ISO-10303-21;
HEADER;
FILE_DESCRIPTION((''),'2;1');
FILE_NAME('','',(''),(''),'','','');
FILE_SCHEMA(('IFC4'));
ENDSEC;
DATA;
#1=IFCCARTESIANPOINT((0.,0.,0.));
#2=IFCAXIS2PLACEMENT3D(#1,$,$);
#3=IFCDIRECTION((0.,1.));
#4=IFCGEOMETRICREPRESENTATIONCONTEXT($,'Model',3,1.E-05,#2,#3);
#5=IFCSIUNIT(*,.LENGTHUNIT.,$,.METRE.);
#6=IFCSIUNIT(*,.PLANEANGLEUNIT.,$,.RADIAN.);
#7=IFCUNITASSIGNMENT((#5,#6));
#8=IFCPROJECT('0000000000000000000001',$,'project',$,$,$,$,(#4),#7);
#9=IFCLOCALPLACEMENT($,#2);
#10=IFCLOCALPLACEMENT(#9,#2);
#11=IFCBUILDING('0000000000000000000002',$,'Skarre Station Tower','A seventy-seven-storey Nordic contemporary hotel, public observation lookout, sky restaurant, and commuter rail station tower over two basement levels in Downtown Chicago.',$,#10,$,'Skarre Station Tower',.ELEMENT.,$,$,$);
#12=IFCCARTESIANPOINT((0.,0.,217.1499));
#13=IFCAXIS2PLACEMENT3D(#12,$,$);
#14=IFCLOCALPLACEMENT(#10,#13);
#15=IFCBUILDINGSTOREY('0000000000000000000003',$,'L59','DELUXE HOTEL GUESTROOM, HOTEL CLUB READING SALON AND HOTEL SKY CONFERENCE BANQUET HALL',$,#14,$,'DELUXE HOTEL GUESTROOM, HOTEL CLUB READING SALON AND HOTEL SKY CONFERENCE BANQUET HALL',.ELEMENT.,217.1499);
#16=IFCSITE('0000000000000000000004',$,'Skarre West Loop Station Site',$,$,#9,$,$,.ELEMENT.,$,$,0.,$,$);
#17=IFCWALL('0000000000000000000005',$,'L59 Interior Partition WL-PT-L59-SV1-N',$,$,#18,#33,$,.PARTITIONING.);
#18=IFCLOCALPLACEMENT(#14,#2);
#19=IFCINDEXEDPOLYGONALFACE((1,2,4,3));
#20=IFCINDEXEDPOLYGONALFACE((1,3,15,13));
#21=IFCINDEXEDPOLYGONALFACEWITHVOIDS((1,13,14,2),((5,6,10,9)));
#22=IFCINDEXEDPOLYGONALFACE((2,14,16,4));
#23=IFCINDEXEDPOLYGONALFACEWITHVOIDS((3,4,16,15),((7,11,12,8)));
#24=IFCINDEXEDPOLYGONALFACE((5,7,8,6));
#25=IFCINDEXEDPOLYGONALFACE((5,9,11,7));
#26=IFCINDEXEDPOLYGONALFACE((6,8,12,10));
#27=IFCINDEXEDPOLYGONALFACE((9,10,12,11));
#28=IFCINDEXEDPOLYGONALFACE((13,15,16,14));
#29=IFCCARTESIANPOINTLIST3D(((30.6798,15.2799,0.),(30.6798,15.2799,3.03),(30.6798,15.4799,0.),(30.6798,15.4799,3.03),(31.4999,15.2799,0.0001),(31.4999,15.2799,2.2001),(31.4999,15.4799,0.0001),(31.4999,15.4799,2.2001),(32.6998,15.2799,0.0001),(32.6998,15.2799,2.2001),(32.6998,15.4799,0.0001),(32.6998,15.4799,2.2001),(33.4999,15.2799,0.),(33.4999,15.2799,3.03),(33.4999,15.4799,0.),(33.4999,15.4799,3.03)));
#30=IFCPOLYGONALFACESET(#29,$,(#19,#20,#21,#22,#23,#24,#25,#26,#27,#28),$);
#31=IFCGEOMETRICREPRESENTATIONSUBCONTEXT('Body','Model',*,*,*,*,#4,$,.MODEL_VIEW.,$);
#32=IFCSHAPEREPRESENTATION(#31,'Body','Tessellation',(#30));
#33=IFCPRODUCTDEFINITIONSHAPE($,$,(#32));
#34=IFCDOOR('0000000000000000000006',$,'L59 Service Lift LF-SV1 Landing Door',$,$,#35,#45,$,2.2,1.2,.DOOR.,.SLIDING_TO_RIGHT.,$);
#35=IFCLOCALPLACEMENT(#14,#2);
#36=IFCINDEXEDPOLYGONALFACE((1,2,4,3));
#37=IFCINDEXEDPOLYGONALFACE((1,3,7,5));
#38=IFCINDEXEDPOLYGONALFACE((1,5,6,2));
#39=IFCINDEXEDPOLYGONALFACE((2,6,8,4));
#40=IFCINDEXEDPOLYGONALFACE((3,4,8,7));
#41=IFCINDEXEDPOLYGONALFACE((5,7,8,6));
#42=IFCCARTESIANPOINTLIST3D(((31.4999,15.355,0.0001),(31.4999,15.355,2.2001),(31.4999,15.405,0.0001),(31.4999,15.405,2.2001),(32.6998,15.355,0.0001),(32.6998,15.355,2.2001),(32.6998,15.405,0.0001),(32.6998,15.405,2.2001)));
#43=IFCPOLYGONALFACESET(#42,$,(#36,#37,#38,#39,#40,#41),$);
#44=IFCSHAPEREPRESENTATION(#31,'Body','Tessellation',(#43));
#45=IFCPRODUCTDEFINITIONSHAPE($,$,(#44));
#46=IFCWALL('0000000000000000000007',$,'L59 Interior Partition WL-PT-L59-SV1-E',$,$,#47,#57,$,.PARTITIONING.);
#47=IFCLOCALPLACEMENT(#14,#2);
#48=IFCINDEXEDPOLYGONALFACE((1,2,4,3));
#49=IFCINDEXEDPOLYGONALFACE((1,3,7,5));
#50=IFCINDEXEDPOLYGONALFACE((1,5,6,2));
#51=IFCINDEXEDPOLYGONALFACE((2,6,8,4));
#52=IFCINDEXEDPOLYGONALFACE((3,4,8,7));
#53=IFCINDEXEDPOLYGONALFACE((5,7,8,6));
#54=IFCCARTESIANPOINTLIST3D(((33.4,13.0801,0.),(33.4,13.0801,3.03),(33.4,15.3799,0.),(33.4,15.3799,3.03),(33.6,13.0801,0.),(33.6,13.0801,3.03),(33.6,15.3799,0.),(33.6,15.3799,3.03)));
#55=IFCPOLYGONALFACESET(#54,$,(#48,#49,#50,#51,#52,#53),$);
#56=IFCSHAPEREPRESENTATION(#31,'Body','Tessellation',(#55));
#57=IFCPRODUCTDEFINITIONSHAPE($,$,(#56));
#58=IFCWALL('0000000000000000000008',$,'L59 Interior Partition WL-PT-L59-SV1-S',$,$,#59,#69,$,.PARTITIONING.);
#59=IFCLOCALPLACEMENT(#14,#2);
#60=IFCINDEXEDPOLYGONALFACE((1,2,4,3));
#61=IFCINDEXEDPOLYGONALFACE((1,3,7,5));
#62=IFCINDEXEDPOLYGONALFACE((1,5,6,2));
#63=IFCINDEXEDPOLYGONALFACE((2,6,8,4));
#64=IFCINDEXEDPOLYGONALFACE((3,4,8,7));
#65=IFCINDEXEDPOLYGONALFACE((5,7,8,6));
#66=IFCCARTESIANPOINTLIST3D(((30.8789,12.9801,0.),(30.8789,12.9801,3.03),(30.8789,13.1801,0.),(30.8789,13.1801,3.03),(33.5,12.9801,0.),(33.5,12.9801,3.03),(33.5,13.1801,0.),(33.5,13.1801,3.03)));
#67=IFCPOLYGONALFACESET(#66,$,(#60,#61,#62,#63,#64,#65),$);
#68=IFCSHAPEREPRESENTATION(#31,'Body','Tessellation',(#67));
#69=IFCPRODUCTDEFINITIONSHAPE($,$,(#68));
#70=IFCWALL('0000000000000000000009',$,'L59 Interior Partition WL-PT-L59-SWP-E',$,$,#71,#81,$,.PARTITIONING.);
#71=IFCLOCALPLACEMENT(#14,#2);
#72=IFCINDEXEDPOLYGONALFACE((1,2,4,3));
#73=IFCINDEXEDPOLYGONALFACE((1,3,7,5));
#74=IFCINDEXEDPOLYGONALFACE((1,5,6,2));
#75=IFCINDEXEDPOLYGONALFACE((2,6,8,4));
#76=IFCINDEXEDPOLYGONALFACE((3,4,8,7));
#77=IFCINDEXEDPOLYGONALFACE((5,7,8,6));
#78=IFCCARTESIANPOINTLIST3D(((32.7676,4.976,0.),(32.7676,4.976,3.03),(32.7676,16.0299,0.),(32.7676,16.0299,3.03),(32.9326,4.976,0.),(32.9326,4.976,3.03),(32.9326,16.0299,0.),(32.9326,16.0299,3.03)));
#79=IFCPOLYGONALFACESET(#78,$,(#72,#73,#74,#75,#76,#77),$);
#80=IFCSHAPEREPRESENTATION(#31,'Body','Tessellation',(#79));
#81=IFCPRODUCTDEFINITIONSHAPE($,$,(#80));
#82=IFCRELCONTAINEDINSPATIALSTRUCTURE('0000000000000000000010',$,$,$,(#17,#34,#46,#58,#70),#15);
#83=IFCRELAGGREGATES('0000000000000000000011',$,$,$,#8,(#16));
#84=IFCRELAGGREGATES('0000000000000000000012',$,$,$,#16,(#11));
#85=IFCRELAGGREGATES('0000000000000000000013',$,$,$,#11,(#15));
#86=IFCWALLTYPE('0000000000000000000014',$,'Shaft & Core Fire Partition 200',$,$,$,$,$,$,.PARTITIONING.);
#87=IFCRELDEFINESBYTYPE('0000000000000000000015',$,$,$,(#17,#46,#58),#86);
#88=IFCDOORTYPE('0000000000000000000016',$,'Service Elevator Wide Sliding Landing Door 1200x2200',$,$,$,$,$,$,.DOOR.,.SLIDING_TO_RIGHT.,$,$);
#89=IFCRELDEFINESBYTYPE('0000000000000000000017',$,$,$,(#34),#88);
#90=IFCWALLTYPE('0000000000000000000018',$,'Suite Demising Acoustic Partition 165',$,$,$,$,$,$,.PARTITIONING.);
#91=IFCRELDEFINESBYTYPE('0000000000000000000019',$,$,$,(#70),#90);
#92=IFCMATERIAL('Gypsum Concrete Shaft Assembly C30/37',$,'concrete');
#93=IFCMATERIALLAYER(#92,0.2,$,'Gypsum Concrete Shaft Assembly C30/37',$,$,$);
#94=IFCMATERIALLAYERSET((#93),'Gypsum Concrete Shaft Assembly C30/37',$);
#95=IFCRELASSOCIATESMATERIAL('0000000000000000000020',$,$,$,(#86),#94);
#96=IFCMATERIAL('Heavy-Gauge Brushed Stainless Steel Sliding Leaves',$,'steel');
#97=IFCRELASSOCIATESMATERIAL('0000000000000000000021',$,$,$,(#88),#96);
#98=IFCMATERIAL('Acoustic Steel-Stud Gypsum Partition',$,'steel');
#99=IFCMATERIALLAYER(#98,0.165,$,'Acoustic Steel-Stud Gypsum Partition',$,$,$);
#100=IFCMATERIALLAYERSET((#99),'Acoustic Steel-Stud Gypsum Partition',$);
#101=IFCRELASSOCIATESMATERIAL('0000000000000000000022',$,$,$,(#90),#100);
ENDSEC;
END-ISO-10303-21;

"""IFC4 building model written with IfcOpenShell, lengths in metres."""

from ifc_helpers import new_model, si_unit, direction, frame, frame_2d, origin, place, context, subcontext, project, spatial, rectangle, extrude, material, layer, layer_set, type_object, element, fill, save


model = new_model("IFC4")

# Units and contexts
model_context = context("Model", 3, precision=1e-05, world=origin(), true_north=direction((0.0, 1.0)))
body_context = subcontext(model_context, "Body", "Model", "MODEL_VIEW")
ifc_project = project(units=[si_unit("LENGTHUNIT", "METRE"), si_unit("PLANEANGLEUNIT", "RADIAN")], contexts=[model_context])

# Site, building, storey
site_placement = place(None, origin())
site = spatial("IfcSite", under=ifc_project, at=site_placement, Name="Skarre West Loop Station Site", CompositionType="ELEMENT", RefElevation=0.0)
building_placement = place(site_placement, origin())
building = spatial("IfcBuilding", under=site, at=building_placement, Name="Skarre Station Tower", Description="A seventy-seven-storey Nordic contemporary hotel, public observation lookout, sky restaurant, and commuter rail station tower over two basement levels in Downtown Chicago.", LongName="Skarre Station Tower", CompositionType="ELEMENT")
storey_placement = place(building_placement, frame((0.0, 0.0, 217.1499)))
storey = spatial("IfcBuildingStorey", under=building, at=storey_placement, Name="L59", Description="DELUXE HOTEL GUESTROOM, HOTEL CLUB READING SALON AND HOTEL SKY CONFERENCE BANQUET HALL", LongName="DELUXE HOTEL GUESTROOM, HOTEL CLUB READING SALON AND HOTEL SKY CONFERENCE BANQUET HALL", CompositionType="ELEMENT", Elevation=217.1499)

# Shared definitions
ifc_material_1 = material(Name="Acoustic Steel-Stud Gypsum Partition", Category="steel")

# Wall, opening, door
ifc_material_2 = material(Name="Gypsum Concrete Shaft Assembly C30/37", Category="concrete")
ifc_layer_1 = layer(ifc_material_2, 0.2, Name="Gypsum Concrete Shaft Assembly C30/37")
ifc_layer_set_1 = layer_set([ifc_layer_1], Name="Gypsum Concrete Shaft Assembly C30/37")
wall_type_1 = type_object("IfcWallType", Name="Shaft & Core Fire Partition 200", PredefinedType="PARTITIONING", material=ifc_layer_set_1)
wall_1_placement = place(storey_placement, frame((33.5, 15.3799, 0.0), z_axis=(0.0, 0.0, 1.0), x_axis=(-1.0, 0.0, 0.0)))
wall_1 = element("IfcWall", 1, at=wall_1_placement, inside=storey, type_object=wall_type_1, Name="L59 Interior Partition WL-PT-L59-SV1-N", PredefinedType="PARTITIONING", context=body_context, shape_type="SweptSolid", body=[
    extrude(rectangle(XDim=2.8201, YDim=0.2, at=frame_2d((1.4102, 0.0))), origin(), (0.0, 0.0, 1.0), 3.03),
])
opening_1_placement = place(wall_1_placement, frame((0.8, 0.0, 0.0)))
opening_1 = element("IfcOpeningElement", 2, at=opening_1_placement, cuts=wall_1, PredefinedType="OPENING", context=body_context, shape_type="SweptSolid", body=[
    extrude(rectangle(XDim=1.2, YDim=2.2, at=frame_2d((0.6001, 1.1001))), frame((0.0, 0.1099, 0.0), z_axis=(0.0, -1.0, 0.0), x_axis=(1.0, 0.0, 0.0)), (0.0, 0.0, 1.0), 0.22),
])
ifc_material_3 = material(Name="Heavy-Gauge Brushed Stainless Steel Sliding Leaves", Category="steel")
door_type_1 = type_object("IfcDoorType", Name="Service Elevator Wide Sliding Landing Door 1200x2200", OperationType="SLIDING_TO_RIGHT", PredefinedType="DOOR", material=ifc_material_3)
door_1_placement = place(opening_1_placement, origin())
door_1 = element("IfcDoor", 3, at=door_1_placement, inside=storey, type_object=door_type_1, Name="L59 Service Lift LF-SV1 Landing Door", OperationType="SLIDING_TO_RIGHT", OverallHeight=2.2, OverallWidth=1.2, PredefinedType="DOOR", context=body_context, shape_type="SweptSolid", body=[
    extrude(rectangle(XDim=1.2, YDim=2.2, at=frame_2d((0.6001, 1.1001))), frame((0.0, 0.0249, 0.0), z_axis=(0.0, -1.0, 0.0), x_axis=(1.0, 0.0, 0.0)), (0.0, 0.0, 1.0), 0.05),
])
fill(opening_1, door_1)

# Walls
wall_2_placement = place(storey_placement, frame((33.5, 13.0801, 0.0), z_axis=(0.0, 0.0, 1.0), x_axis=(0.0, 1.0, 0.0)))
element("IfcWall", 4, at=wall_2_placement, inside=storey, type_object=wall_type_1, Name="L59 Interior Partition WL-PT-L59-SV1-E", PredefinedType="PARTITIONING", context=body_context, shape_type="SweptSolid", body=[
    extrude(rectangle(XDim=2.2998, YDim=0.2, at=frame_2d((1.1499, 0.0))), origin(), (0.0, 0.0, 1.0), 3.03),
])
wall_3_placement = place(storey_placement, frame((30.8789, 13.0801, 0.0), z_axis=(0.0, 0.0, 1.0), x_axis=(1.0, 0.0, 0.0)))
element("IfcWall", 5, at=wall_3_placement, inside=storey, type_object=wall_type_1, Name="L59 Interior Partition WL-PT-L59-SV1-S", PredefinedType="PARTITIONING", context=body_context, shape_type="SweptSolid", body=[
    extrude(rectangle(XDim=2.6211, YDim=0.2, at=frame_2d((1.3105, 0.0))), origin(), (0.0, 0.0, 1.0), 3.03),
])
ifc_layer_2 = layer(ifc_material_1, 0.165, Name="Acoustic Steel-Stud Gypsum Partition")
ifc_layer_set_2 = layer_set([ifc_layer_2], Name="Acoustic Steel-Stud Gypsum Partition")
wall_type_2 = type_object("IfcWallType", Name="Suite Demising Acoustic Partition 165", PredefinedType="PARTITIONING", material=ifc_layer_set_2)
wall_4_placement = place(storey_placement, frame((32.8501, 4.9761, 0.0), z_axis=(0.0, 0.0, 1.0), x_axis=(0.0, 1.0, 0.0)))
element("IfcWall", 6, at=wall_4_placement, inside=storey, type_object=wall_type_2, Name="L59 Interior Partition WL-PT-L59-SWP-E", PredefinedType="PARTITIONING", context=body_context, shape_type="SweptSolid", body=[
    extrude(rectangle(XDim=11.054, YDim=0.165, at=frame_2d((5.5269, 0.0))), origin(), (0.0, 0.0, 1.0), 3.03),
])

save(model, "model.ifc")
